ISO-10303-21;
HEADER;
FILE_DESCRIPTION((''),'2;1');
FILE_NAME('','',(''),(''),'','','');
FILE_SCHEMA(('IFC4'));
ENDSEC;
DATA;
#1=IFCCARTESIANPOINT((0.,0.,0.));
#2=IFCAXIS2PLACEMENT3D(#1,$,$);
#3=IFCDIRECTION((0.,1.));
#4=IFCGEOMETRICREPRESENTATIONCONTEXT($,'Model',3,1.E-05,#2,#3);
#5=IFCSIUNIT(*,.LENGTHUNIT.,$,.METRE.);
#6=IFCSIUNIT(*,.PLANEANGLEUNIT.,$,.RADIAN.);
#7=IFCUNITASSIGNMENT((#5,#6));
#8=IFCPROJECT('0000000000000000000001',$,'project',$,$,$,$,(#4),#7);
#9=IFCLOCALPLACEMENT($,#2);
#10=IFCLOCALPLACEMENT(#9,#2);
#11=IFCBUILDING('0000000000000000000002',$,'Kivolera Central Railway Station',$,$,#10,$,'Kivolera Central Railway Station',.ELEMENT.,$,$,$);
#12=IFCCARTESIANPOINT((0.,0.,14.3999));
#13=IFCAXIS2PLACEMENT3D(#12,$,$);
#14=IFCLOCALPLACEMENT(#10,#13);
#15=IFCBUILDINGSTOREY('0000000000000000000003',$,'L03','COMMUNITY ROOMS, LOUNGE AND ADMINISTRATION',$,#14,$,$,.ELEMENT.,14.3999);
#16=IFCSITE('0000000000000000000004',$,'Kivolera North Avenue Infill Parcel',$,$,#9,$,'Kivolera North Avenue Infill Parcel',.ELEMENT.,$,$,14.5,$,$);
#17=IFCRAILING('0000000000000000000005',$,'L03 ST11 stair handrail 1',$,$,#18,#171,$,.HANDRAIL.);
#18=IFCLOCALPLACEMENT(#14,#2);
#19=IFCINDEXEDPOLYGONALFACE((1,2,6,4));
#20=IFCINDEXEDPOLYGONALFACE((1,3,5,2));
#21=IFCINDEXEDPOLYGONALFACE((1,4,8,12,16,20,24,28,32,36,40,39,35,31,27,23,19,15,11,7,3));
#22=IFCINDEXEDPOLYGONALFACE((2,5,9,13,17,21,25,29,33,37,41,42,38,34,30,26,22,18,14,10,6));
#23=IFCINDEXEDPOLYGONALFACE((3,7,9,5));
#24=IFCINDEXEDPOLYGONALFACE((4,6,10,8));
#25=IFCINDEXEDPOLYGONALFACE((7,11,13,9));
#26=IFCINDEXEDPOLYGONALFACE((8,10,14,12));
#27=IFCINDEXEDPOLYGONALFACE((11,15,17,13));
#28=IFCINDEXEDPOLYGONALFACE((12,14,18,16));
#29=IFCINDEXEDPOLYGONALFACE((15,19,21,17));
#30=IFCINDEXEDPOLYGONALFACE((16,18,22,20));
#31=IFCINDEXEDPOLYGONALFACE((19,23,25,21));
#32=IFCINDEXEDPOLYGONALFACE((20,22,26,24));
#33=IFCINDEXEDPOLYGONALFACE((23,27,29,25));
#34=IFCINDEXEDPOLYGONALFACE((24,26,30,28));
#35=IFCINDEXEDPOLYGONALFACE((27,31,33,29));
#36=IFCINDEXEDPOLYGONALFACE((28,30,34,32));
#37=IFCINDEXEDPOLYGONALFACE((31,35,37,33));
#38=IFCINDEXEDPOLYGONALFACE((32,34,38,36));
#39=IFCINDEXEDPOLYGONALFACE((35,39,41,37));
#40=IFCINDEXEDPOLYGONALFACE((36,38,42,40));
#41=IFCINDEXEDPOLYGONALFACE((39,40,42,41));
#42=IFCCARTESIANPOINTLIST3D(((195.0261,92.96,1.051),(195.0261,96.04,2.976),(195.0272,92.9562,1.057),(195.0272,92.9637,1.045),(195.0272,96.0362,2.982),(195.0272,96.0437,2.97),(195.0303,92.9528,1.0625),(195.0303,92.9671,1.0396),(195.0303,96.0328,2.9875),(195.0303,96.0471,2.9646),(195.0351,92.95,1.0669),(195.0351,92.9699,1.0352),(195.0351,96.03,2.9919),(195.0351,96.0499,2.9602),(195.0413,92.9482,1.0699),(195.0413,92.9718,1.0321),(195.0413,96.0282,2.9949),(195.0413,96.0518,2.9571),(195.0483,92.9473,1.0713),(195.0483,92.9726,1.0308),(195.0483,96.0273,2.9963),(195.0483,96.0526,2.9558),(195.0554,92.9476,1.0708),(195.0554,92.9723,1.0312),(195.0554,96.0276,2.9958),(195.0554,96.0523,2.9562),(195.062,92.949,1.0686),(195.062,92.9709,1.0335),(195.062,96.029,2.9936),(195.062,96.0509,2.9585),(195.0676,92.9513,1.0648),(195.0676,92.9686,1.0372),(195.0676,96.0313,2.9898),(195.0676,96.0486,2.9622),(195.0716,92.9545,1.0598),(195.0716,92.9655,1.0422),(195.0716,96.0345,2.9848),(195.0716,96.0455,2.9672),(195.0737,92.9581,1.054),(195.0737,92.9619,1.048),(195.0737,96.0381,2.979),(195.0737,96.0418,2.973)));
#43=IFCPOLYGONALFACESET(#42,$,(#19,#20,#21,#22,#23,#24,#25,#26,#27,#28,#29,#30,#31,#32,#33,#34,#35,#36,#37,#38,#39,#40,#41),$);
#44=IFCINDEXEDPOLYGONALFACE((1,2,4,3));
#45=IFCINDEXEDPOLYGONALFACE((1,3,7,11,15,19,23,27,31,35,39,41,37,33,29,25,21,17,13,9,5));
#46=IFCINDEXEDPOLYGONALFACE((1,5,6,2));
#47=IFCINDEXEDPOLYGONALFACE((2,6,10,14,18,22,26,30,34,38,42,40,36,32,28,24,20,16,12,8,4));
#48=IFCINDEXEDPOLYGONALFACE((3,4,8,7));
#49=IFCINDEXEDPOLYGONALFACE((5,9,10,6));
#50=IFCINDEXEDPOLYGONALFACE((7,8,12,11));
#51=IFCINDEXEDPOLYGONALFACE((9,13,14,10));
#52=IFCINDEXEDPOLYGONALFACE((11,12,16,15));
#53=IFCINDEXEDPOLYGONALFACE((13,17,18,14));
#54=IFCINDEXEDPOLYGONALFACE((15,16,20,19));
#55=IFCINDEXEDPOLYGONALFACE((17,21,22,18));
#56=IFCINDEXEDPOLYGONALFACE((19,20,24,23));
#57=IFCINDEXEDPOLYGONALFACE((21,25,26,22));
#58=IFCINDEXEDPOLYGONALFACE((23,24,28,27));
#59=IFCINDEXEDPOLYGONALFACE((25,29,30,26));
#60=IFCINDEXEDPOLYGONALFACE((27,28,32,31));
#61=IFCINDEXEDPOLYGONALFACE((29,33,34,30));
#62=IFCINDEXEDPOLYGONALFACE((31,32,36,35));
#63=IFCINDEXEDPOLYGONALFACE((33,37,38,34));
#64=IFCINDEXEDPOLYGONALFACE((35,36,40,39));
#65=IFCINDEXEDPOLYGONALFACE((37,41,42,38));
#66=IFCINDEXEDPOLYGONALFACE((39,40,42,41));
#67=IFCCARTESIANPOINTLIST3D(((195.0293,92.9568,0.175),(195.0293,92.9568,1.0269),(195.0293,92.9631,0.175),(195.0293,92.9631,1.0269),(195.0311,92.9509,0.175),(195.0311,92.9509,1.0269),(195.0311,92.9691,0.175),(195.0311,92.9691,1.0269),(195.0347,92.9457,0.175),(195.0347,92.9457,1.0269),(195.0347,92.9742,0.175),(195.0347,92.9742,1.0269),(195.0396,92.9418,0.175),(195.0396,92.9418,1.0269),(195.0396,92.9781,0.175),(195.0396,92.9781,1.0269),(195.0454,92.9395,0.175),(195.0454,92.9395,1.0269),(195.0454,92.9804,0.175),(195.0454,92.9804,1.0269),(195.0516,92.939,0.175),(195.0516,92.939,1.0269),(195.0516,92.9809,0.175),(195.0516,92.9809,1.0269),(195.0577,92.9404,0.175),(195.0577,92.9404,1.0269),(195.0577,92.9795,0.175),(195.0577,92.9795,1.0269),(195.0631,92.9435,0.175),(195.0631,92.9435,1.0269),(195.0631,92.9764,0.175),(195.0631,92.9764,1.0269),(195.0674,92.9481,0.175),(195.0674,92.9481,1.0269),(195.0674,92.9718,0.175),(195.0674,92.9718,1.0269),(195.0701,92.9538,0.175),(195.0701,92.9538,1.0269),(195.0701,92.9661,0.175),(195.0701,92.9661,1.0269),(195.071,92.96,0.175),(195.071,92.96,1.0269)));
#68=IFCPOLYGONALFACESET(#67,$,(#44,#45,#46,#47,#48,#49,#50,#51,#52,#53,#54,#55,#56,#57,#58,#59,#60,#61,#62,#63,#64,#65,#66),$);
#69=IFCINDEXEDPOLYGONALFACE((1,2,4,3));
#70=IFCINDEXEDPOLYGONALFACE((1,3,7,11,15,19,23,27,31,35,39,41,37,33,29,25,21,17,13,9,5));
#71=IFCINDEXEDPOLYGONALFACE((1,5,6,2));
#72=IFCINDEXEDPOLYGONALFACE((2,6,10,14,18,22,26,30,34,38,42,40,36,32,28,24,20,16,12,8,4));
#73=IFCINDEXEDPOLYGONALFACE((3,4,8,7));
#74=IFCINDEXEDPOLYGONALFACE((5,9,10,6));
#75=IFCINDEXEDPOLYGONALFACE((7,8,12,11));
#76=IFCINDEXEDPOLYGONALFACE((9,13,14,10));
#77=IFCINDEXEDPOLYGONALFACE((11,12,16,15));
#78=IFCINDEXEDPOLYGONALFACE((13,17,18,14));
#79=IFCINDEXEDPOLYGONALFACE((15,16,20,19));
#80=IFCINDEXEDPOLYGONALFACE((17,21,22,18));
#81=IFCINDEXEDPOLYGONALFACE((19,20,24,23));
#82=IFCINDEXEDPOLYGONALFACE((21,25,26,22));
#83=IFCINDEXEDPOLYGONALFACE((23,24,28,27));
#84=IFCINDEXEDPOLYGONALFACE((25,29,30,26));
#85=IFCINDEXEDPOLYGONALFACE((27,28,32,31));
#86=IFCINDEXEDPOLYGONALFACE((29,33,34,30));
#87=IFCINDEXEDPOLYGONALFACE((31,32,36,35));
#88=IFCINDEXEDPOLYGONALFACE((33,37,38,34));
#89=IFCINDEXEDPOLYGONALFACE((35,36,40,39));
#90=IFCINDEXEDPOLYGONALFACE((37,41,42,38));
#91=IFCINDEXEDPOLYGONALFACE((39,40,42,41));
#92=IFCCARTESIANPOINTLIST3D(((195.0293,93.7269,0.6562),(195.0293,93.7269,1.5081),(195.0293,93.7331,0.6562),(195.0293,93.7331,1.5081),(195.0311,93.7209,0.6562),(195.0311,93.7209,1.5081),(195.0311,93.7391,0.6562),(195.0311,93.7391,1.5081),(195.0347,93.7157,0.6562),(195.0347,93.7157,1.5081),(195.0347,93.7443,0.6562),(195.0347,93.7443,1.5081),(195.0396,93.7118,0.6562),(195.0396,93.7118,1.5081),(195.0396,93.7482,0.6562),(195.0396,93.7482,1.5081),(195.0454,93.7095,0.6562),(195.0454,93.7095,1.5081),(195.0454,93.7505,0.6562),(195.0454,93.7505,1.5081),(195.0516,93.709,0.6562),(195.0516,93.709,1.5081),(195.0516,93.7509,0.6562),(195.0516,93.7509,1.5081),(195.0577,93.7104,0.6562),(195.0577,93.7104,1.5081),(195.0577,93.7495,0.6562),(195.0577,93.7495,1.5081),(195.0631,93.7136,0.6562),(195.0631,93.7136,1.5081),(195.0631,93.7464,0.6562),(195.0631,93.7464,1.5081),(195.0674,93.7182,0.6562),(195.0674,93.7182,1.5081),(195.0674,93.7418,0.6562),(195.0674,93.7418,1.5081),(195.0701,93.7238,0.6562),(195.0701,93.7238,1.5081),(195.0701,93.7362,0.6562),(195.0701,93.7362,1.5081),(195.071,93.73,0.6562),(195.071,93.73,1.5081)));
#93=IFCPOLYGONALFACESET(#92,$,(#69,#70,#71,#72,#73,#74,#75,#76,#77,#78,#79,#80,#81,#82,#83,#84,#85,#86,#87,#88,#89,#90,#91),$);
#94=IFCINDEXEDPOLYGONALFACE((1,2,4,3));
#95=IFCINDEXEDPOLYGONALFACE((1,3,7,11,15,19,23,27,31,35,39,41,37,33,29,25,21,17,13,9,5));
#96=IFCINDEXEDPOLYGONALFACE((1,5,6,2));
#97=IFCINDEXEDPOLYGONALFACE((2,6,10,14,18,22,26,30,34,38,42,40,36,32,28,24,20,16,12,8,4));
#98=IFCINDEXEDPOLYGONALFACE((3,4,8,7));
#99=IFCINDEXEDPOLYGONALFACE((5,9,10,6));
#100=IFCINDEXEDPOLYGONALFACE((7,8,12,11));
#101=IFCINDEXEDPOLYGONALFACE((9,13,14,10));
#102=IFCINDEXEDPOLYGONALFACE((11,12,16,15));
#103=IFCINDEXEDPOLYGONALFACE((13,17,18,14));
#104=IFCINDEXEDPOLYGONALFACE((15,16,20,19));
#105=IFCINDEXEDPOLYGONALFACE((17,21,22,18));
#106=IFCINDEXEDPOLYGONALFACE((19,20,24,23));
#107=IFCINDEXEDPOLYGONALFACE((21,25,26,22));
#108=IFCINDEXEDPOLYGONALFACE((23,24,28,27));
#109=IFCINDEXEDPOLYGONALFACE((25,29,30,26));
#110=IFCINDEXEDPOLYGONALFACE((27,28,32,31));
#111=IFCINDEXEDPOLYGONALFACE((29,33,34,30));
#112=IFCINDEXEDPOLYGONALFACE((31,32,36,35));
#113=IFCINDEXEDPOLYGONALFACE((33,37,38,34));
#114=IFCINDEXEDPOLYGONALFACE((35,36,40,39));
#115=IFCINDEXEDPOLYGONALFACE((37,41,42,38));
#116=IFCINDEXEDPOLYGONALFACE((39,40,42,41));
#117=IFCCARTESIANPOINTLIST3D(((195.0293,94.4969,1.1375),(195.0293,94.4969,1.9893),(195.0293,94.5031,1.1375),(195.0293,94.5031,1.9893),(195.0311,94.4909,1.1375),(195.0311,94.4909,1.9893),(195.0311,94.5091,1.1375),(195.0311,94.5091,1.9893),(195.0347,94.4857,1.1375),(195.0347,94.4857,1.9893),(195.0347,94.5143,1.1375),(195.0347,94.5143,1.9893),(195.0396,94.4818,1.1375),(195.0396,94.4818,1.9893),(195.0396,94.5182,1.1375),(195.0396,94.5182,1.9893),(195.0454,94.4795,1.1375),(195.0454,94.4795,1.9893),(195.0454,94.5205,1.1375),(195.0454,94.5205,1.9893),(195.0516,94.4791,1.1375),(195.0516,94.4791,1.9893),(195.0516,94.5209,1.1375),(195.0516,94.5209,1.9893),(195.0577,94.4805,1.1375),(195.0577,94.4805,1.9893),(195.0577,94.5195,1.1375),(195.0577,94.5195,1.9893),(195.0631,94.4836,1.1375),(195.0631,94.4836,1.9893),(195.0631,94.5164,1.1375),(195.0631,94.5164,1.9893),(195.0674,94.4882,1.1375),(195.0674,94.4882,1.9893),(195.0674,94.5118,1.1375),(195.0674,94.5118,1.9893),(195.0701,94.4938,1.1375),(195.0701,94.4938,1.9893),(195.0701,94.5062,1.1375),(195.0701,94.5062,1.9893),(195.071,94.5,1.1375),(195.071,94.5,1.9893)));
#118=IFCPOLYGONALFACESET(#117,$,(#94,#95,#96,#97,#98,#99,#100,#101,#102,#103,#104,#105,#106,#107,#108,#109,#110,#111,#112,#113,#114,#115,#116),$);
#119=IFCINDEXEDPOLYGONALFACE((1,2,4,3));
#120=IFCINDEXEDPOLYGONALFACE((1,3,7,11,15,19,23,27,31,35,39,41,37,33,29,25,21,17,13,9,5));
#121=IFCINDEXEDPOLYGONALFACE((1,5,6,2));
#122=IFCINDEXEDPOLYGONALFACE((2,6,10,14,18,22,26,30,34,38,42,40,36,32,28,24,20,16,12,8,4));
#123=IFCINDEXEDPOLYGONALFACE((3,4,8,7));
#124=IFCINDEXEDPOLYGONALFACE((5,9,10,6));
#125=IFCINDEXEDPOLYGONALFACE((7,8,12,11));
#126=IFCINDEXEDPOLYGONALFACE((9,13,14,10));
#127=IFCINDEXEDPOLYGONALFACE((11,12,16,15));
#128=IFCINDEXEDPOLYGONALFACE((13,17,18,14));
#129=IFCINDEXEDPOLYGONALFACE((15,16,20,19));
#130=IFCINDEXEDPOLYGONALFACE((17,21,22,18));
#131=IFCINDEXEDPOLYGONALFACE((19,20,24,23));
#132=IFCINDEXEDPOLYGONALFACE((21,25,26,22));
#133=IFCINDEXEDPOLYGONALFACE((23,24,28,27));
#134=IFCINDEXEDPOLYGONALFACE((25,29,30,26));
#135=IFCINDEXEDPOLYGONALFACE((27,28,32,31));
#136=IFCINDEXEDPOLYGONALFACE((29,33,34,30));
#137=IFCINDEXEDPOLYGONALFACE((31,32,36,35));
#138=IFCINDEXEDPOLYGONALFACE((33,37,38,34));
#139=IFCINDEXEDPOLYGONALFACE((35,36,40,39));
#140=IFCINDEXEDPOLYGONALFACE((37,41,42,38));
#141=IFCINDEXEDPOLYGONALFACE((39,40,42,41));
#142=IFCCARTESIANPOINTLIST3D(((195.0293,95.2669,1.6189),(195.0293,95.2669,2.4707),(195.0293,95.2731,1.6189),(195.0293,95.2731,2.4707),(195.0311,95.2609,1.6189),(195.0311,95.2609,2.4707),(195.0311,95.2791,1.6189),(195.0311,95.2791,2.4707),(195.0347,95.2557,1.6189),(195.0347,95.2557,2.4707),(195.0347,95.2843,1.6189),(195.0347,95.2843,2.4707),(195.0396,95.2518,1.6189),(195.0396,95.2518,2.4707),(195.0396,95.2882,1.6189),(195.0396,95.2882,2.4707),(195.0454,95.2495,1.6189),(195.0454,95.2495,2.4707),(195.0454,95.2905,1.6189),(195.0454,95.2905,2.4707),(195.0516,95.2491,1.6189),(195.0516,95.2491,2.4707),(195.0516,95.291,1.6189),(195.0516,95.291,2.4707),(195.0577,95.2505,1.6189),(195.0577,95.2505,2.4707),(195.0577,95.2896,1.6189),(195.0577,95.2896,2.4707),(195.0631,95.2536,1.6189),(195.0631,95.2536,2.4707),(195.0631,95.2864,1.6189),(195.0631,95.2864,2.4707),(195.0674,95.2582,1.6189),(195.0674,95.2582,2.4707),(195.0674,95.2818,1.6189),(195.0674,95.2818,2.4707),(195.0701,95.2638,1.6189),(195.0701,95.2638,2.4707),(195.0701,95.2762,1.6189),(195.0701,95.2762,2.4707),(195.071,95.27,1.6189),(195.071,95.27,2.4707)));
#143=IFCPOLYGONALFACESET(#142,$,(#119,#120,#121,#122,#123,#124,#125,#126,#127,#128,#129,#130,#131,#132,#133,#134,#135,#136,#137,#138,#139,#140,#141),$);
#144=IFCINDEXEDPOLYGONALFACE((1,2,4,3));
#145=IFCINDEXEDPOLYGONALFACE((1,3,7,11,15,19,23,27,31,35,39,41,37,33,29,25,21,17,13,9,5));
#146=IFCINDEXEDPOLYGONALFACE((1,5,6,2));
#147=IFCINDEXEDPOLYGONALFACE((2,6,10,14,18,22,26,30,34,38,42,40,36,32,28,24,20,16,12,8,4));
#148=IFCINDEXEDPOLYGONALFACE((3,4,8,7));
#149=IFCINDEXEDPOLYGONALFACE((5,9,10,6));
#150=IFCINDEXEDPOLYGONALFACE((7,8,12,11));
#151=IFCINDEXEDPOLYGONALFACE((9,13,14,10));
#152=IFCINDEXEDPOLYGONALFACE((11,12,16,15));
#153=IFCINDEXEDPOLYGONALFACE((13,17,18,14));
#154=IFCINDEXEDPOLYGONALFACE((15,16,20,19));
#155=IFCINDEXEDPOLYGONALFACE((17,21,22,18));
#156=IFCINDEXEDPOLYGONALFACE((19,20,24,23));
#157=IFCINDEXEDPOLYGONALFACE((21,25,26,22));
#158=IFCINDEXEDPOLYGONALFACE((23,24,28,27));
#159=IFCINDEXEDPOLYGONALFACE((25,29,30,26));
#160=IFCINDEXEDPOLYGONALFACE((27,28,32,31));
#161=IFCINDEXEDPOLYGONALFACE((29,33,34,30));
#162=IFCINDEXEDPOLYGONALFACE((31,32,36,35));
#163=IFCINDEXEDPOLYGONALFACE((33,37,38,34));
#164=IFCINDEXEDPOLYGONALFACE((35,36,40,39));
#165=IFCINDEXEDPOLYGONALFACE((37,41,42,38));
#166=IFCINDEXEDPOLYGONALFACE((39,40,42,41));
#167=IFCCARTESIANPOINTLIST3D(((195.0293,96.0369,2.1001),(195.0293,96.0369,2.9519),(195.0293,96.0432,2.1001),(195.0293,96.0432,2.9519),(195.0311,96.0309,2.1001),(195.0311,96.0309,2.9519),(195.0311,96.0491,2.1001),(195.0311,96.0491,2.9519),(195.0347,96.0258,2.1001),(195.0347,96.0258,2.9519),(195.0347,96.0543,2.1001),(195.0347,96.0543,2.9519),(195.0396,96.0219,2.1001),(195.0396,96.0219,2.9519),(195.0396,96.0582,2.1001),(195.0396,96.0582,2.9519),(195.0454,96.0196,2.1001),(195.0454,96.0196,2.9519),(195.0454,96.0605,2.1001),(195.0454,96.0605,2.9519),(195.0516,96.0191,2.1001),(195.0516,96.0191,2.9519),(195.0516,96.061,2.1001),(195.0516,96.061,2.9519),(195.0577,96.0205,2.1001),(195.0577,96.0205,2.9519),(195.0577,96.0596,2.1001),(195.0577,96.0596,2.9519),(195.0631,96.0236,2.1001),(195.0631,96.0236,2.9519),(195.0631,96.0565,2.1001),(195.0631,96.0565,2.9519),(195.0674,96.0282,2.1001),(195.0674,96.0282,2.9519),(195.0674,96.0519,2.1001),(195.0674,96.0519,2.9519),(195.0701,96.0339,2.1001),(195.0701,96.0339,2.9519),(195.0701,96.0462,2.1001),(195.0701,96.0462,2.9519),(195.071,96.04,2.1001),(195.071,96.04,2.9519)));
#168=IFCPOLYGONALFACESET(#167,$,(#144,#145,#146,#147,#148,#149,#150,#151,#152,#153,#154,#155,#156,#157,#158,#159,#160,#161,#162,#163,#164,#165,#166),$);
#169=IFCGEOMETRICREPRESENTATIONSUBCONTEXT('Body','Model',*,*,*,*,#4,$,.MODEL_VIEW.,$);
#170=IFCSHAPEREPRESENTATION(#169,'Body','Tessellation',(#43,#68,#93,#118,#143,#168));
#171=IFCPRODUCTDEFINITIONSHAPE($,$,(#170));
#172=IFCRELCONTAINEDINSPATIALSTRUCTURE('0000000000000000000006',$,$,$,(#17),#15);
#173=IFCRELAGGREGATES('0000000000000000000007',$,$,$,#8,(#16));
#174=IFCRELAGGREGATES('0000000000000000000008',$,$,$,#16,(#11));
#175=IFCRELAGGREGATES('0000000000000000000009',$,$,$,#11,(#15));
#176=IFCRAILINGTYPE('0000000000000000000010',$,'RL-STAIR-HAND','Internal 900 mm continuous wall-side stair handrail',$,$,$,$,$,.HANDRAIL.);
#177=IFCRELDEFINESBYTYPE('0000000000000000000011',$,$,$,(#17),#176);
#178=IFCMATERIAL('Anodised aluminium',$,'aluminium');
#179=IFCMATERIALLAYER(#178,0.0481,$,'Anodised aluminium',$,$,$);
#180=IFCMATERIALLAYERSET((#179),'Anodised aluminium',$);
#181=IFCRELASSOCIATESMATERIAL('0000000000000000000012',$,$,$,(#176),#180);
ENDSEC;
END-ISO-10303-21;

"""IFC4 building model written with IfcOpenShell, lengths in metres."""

from ifc_helpers import new_model, si_unit, direction, frame, origin, origin_2d, place, context, subcontext, project, spatial, circle, extrude, material, layer, layer_set, type_object, element, save


model = new_model("IFC4")

# Units and contexts
model_context = context("Model", 3, precision=1e-05, world=origin(), true_north=direction((0.0, 1.0)))
body_context = subcontext(model_context, "Body", "Model", "MODEL_VIEW")
ifc_project = project(units=[si_unit("LENGTHUNIT", "METRE"), si_unit("PLANEANGLEUNIT", "RADIAN")], contexts=[model_context])

# Site, building, storey
site_placement = place(None, origin())
site = spatial("IfcSite", under=ifc_project, at=site_placement, Name="Kivolera North Avenue Infill Parcel", LongName="Kivolera North Avenue Infill Parcel", CompositionType="ELEMENT", RefElevation=14.5)
building_placement = place(site_placement, origin())
building = spatial("IfcBuilding", under=site, at=building_placement, Name="Kivolera Central Railway Station", LongName="Kivolera Central Railway Station", CompositionType="ELEMENT")
storey_placement = place(building_placement, frame((0.0, 0.0, 14.3999)))
storey = spatial("IfcBuildingStorey", under=building, at=storey_placement, Name="L03", Description="COMMUNITY ROOMS, LOUNGE AND ADMINISTRATION", CompositionType="ELEMENT", Elevation=14.3999)

# Shared definitions
ifc_material_1 = material(Name="Anodised aluminium", Category="aluminium")

# Railing
ifc_layer_1 = layer(ifc_material_1, 0.0481, Name="Anodised aluminium")
ifc_layer_set_1 = layer_set([ifc_layer_1], Name="Anodised aluminium")
railing_type_1 = type_object("IfcRailingType", Name="RL-STAIR-HAND", Description="Internal 900 mm continuous wall-side stair handrail", PredefinedType="HANDRAIL", material=ifc_layer_set_1)
railing_1_placement = place(storey_placement, frame((195.05, 92.96, 0.175)))
element("IfcRailing", 1, at=railing_1_placement, inside=storey, type_object=railing_type_1, Name="L03 ST11 stair handrail 1", PredefinedType="HANDRAIL", context=body_context, shape_type="SweptSolid", body=[
    extrude(circle(Radius=0.0239, at=origin_2d()), frame((0.0, 0.0, 0.876), z_axis=(0.0, 0.847998, 0.529999), x_axis=(-1.0, 0.0, 0.0)), (0.0, 0.0, 1.0), 3.6321),
    extrude(circle(Radius=0.021, at=origin_2d()), origin(), (0.0, 0.0, 1.0), 0.8518),
    extrude(circle(Radius=0.021, at=origin_2d()), frame((0.0, 0.77, 0.4812)), (0.0, 0.0, 1.0), 0.8518),
    extrude(circle(Radius=0.021, at=origin_2d()), frame((0.0, 1.54, 0.9624)), (0.0, 0.0, 1.0), 0.8518),
    extrude(circle(Radius=0.021, at=origin_2d()), frame((0.0, 2.3101, 1.4438)), (0.0, 0.0, 1.0), 0.8518),
    extrude(circle(Radius=0.021, at=origin_2d()), frame((0.0, 3.0801, 1.925)), (0.0, 0.0, 1.0), 0.8518),
])

save(model, "model.ifc")
